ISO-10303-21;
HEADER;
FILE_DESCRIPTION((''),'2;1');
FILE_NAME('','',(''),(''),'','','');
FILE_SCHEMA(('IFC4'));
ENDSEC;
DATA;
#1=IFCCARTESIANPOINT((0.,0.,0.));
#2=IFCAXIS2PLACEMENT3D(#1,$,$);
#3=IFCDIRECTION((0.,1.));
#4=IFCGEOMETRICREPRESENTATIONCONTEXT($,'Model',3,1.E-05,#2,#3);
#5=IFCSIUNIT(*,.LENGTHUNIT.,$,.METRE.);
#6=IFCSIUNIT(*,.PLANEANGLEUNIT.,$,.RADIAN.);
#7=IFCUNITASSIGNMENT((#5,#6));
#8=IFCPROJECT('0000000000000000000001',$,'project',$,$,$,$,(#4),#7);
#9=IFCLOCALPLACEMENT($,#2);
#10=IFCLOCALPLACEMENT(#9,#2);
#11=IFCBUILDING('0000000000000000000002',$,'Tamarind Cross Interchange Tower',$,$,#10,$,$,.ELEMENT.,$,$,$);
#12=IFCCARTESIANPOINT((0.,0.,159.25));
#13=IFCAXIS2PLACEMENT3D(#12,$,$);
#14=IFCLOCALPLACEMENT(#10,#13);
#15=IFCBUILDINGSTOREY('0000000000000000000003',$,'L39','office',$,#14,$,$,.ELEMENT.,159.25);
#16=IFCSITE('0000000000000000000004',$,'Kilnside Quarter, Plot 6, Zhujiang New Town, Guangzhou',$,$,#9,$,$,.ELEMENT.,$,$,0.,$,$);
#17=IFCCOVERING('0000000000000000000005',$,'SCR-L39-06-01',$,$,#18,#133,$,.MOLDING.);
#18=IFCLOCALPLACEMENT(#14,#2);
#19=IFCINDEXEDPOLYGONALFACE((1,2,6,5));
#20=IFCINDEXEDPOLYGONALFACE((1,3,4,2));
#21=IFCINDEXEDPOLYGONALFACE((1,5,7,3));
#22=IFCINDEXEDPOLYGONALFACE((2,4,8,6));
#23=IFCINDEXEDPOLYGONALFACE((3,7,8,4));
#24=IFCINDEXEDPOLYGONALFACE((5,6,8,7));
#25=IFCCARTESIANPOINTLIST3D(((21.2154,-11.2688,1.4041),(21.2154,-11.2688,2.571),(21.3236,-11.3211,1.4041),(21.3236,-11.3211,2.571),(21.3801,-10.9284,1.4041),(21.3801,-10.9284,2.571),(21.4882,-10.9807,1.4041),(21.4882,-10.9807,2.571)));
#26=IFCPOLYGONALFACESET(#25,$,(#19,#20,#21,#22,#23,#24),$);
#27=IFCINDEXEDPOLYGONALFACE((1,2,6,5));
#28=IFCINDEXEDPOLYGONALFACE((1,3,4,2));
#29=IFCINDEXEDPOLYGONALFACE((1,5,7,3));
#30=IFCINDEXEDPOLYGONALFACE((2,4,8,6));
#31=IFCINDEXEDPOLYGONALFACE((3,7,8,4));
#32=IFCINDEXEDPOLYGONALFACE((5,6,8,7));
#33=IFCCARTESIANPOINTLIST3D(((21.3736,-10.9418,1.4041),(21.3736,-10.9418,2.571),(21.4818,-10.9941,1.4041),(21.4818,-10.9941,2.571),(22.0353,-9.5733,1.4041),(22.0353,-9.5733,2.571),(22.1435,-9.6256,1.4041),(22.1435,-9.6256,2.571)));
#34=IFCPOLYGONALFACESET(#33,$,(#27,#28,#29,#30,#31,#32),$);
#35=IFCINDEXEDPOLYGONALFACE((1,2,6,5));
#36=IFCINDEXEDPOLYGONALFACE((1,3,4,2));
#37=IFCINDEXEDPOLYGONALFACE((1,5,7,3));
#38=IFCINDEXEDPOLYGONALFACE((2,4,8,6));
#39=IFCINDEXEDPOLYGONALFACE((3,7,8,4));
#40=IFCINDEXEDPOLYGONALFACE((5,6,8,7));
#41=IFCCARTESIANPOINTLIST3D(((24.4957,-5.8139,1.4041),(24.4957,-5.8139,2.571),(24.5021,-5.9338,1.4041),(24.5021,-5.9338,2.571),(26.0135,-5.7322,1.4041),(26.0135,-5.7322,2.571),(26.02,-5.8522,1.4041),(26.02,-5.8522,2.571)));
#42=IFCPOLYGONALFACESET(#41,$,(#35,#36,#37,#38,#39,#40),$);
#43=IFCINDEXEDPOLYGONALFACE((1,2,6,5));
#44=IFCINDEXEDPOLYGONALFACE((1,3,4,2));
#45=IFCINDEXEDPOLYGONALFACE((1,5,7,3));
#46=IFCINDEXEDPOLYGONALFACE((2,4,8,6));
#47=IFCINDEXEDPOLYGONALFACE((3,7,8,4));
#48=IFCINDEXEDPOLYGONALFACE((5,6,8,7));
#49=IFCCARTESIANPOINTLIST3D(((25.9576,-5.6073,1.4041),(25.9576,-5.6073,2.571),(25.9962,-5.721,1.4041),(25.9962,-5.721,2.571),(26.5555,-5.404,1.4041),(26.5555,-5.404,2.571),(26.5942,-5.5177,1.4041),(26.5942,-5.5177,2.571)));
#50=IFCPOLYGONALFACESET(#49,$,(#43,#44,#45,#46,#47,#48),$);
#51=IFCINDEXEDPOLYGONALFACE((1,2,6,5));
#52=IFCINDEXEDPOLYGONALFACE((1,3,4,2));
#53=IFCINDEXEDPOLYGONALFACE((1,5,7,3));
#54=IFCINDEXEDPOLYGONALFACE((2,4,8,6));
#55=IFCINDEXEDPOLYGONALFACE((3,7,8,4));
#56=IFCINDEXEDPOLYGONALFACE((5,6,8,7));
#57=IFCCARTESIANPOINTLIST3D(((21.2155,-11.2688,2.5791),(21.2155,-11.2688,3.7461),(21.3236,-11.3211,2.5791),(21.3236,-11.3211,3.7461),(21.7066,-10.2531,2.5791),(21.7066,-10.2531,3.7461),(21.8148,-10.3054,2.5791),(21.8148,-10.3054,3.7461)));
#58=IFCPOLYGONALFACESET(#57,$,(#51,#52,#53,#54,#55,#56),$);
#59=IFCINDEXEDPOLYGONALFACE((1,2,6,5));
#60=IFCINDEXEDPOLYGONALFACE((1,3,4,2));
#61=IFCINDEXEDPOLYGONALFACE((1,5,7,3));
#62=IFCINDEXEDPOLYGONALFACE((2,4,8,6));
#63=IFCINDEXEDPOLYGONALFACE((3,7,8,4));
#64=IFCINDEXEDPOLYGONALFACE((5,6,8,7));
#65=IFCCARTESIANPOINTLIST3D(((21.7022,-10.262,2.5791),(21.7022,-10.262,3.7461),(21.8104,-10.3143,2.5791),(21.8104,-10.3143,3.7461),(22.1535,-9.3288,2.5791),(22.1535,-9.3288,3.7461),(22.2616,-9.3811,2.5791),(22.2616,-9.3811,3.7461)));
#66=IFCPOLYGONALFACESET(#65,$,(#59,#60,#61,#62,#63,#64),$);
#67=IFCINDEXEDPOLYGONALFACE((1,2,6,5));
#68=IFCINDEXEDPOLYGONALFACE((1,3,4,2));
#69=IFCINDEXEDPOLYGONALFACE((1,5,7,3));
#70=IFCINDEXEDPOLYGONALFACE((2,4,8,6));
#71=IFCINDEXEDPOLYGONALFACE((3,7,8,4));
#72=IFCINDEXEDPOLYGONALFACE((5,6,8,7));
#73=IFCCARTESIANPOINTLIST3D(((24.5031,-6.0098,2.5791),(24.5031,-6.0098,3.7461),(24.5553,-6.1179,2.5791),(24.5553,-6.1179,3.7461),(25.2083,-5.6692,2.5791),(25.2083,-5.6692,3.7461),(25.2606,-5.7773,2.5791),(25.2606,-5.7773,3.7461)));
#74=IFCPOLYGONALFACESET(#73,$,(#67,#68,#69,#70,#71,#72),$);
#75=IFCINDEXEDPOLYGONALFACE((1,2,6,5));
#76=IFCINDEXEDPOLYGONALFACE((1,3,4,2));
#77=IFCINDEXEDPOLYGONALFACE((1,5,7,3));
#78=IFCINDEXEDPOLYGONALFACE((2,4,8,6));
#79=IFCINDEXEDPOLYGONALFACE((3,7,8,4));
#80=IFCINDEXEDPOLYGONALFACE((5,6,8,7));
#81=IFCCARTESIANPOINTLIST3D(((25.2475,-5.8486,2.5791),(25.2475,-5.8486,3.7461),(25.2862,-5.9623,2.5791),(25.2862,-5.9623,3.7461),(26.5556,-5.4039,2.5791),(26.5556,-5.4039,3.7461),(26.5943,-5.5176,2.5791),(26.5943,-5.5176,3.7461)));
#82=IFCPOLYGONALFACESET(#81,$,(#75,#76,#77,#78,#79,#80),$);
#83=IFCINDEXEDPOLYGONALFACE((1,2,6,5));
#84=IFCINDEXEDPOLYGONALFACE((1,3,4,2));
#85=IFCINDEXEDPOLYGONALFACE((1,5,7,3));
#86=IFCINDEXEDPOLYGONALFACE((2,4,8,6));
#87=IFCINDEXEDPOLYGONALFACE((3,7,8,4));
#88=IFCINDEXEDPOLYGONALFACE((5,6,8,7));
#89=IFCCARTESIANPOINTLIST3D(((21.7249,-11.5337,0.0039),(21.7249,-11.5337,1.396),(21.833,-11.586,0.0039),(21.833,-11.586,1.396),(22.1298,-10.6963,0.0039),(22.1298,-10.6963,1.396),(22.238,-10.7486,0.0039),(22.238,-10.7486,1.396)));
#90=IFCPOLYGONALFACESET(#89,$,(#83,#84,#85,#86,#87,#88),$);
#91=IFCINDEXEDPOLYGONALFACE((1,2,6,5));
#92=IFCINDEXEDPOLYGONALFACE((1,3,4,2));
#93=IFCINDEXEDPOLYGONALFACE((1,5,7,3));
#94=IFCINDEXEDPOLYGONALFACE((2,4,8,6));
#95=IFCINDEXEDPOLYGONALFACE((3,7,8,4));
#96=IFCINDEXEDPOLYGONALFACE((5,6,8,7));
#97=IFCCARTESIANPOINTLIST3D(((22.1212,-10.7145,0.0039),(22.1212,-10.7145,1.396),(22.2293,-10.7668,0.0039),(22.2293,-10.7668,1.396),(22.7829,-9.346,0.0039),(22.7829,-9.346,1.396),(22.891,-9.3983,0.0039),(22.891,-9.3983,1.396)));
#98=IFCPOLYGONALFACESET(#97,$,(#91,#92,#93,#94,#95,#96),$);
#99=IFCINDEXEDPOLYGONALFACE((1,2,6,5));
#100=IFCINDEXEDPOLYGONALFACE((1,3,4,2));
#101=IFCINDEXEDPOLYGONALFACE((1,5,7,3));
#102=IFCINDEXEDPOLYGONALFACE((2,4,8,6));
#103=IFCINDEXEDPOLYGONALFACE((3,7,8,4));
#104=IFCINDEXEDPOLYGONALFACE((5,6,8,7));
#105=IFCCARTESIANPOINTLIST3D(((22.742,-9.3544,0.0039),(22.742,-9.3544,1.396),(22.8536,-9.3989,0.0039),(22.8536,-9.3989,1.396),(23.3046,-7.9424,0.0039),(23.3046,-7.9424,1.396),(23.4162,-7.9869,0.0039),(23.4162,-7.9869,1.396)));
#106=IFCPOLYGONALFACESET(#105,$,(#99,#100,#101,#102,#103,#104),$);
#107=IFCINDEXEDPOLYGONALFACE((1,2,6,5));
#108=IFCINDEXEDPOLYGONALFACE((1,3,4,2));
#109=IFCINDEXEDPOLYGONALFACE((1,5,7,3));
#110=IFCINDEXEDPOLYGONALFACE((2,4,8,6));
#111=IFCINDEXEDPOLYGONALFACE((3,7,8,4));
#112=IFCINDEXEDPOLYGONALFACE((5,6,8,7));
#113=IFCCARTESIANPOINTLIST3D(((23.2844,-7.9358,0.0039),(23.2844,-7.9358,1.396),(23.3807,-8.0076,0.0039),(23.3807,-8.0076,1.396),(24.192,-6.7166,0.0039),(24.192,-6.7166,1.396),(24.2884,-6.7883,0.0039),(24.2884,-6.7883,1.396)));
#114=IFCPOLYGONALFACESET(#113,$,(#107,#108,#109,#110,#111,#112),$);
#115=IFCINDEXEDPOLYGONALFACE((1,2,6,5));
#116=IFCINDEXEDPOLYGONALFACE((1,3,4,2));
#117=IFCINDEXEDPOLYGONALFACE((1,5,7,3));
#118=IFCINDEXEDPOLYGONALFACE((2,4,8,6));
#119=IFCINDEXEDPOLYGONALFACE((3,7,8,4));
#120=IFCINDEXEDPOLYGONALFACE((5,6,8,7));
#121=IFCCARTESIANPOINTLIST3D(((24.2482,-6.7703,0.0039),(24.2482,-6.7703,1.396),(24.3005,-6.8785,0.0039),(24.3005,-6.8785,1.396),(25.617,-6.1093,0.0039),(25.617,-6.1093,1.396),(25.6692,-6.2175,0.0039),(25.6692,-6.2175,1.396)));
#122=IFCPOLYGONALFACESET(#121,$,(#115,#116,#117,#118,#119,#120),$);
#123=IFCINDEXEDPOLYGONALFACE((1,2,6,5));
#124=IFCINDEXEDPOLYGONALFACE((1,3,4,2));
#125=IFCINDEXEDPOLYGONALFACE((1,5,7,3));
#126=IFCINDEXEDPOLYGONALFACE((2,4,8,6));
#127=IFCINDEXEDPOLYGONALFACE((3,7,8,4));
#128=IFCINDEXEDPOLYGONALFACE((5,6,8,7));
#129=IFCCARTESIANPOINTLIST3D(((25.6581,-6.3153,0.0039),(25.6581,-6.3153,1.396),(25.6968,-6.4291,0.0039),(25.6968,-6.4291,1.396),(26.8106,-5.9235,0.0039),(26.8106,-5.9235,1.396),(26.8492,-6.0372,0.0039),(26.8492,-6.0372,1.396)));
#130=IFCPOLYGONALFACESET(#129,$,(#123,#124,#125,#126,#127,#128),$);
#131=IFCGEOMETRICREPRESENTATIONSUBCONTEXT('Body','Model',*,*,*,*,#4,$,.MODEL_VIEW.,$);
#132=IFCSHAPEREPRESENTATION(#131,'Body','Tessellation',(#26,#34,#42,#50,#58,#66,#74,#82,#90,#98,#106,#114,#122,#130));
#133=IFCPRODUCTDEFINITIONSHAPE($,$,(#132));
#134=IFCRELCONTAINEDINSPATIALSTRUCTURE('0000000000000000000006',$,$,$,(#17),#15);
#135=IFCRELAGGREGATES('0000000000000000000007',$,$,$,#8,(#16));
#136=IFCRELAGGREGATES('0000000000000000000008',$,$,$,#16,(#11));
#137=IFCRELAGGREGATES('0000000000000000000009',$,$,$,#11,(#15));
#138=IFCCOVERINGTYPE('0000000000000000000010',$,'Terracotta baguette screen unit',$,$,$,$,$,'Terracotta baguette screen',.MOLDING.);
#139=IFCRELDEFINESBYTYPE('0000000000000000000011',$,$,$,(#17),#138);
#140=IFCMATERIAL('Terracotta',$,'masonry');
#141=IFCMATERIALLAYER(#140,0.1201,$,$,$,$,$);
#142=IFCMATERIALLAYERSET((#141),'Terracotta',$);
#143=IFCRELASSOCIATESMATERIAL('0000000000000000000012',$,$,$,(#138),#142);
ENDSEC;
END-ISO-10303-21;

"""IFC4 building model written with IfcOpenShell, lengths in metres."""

from ifc_helpers import new_model, si_unit, direction, frame, origin, origin_2d, place, context, subcontext, project, spatial, rectangle, extrude, material, layer, layer_set, type_object, element, save


model = new_model("IFC4")

# Units and contexts
model_context = context("Model", 3, precision=1e-05, world=origin(), true_north=direction((0.0, 1.0)))
body_context = subcontext(model_context, "Body", "Model", "MODEL_VIEW")
ifc_project = project(units=[si_unit("LENGTHUNIT", "METRE"), si_unit("PLANEANGLEUNIT", "RADIAN")], contexts=[model_context])

# Site, building, storey
site_placement = place(None, origin())
site = spatial("IfcSite", under=ifc_project, at=site_placement, Name="Kilnside Quarter, Plot 6, Zhujiang New Town, Guangzhou", CompositionType="ELEMENT", RefElevation=0.0)
building_placement = place(site_placement, origin())
building = spatial("IfcBuilding", under=site, at=building_placement, Name="Tamarind Cross Interchange Tower", CompositionType="ELEMENT")
storey_placement = place(building_placement, frame((0.0, 0.0, 159.25)))
storey = spatial("IfcBuildingStorey", under=building, at=storey_placement, Name="L39", Description="office", CompositionType="ELEMENT", Elevation=159.25)

# Covering
ifc_material_1 = material(Name="Terracotta", Category="masonry")
ifc_layer_1 = layer(ifc_material_1, 0.1201)
ifc_layer_set_1 = layer_set([ifc_layer_1], Name="Terracotta")
covering_type = type_object("IfcCoveringType", Name="Terracotta baguette screen unit", ElementType="Terracotta baguette screen", PredefinedType="MOLDING", material=ifc_layer_set_1)
covering_1_placement = place(storey_placement, origin())
element("IfcCovering", 1, at=covering_1_placement, inside=storey, type_object=covering_type, Name="SCR-L39-06-01", PredefinedType="MOLDING", context=body_context, shape_type="SweptSolid", body=[
    extrude(rectangle(XDim=0.3782, YDim=0.1201, at=origin_2d()), frame((21.3518, -11.1248, 1.4041), z_axis=(0.0, 0.0, 1.0), x_axis=(0.435326, 0.900273, 0.0)), (0.0, 0.0, 1.0), 1.167),
    extrude(rectangle(XDim=1.52, YDim=0.1201, at=origin_2d()), frame((21.7585, -10.2837, 1.4041), z_axis=(0.0, 0.0, 1.0), x_axis=(0.435326, 0.900273, 0.0)), (0.0, 0.0, 1.0), 1.167),
    extrude(rectangle(XDim=1.52, YDim=0.1201, at=origin_2d()), frame((25.2578, -5.833, 1.4041), z_axis=(0.0, 0.0, 1.0), x_axis=(0.998556, 0.053712, 0.0)), (0.0, 0.0, 1.0), 1.167),
    extrude(rectangle(XDim=0.6316, YDim=0.1201, at=origin_2d()), frame((26.2759, -5.5625, 1.4041), z_axis=(0.0, 0.0, 1.0), x_axis=(0.946769, 0.321913, 0.0)), (0.0, 0.0, 1.0), 1.167),
    extrude(rectangle(XDim=1.1282, YDim=0.1201, at=origin_2d()), frame((21.5151, -10.7871, 2.5791), z_axis=(0.0, 0.0, 1.0), x_axis=(0.435326, 0.900273, 0.0)), (0.0, 0.0, 1.0), 1.167),
    extrude(rectangle(XDim=1.0366, YDim=0.1201, at=origin_2d()), frame((21.9819, -9.8215, 2.5791), z_axis=(0.0, 0.0, 1.0), x_axis=(0.435326, 0.900273, 0.0)), (0.0, 0.0, 1.0), 1.167),
    extrude(rectangle(XDim=0.7832, YDim=0.1201, at=origin_2d()), frame((24.8818, -5.8936, 2.5791), z_axis=(0.0, 0.0, 1.0), x_axis=(0.900488, 0.434881, 0.0)), (0.0, 0.0, 1.0), 1.167),
    extrude(rectangle(XDim=1.3816, YDim=0.1201, at=origin_2d()), frame((25.9209, -5.6831, 2.5791), z_axis=(0.0, 0.0, 1.0), x_axis=(0.946769, 0.321913, 0.0)), (0.0, 0.0, 1.0), 1.167),
    extrude(rectangle(XDim=0.9302, YDim=0.1201, at=origin_2d()), frame((21.9814, -11.1411, 0.0039), z_axis=(0.0, 0.0, 1.0), x_axis=(0.435326, 0.900273, 0.0)), (0.0, 0.0, 1.0), 1.3921),
    extrude(rectangle(XDim=1.52, YDim=0.1201, at=origin_2d()), frame((22.5061, -10.0564, 0.0039), z_axis=(0.0, 0.0, 1.0), x_axis=(0.435326, 0.900273, 0.0)), (0.0, 0.0, 1.0), 1.3921),
    extrude(rectangle(XDim=1.52, YDim=0.1201, at=origin_2d()), frame((23.0791, -8.6707, 0.0039), z_axis=(0.0, 0.0, 1.0), x_axis=(0.370177, 0.928961, 0.0)), (0.0, 0.0, 1.0), 1.3921),
    extrude(rectangle(XDim=1.52, YDim=0.1201, at=origin_2d()), frame((23.7864, -7.3621, 0.0039), z_axis=(0.0, 0.0, 1.0), x_axis=(0.597126, 0.802148, 0.0)), (0.0, 0.0, 1.0), 1.3921),
    extrude(rectangle(XDim=1.52, YDim=0.1201, at=origin_2d()), frame((24.9587, -6.4939, 0.0039), z_axis=(0.0, 0.0, 1.0), x_axis=(0.900488, 0.434881, 0.0)), (0.0, 0.0, 1.0), 1.3921),
    extrude(rectangle(XDim=1.2173, YDim=0.1201, at=origin_2d()), frame((26.2537, -6.1763, 0.0039), z_axis=(0.0, 0.0, 1.0), x_axis=(0.946769, 0.321913, 0.0)), (0.0, 0.0, 1.0), 1.3921),
])

save(model, "model.ifc")
